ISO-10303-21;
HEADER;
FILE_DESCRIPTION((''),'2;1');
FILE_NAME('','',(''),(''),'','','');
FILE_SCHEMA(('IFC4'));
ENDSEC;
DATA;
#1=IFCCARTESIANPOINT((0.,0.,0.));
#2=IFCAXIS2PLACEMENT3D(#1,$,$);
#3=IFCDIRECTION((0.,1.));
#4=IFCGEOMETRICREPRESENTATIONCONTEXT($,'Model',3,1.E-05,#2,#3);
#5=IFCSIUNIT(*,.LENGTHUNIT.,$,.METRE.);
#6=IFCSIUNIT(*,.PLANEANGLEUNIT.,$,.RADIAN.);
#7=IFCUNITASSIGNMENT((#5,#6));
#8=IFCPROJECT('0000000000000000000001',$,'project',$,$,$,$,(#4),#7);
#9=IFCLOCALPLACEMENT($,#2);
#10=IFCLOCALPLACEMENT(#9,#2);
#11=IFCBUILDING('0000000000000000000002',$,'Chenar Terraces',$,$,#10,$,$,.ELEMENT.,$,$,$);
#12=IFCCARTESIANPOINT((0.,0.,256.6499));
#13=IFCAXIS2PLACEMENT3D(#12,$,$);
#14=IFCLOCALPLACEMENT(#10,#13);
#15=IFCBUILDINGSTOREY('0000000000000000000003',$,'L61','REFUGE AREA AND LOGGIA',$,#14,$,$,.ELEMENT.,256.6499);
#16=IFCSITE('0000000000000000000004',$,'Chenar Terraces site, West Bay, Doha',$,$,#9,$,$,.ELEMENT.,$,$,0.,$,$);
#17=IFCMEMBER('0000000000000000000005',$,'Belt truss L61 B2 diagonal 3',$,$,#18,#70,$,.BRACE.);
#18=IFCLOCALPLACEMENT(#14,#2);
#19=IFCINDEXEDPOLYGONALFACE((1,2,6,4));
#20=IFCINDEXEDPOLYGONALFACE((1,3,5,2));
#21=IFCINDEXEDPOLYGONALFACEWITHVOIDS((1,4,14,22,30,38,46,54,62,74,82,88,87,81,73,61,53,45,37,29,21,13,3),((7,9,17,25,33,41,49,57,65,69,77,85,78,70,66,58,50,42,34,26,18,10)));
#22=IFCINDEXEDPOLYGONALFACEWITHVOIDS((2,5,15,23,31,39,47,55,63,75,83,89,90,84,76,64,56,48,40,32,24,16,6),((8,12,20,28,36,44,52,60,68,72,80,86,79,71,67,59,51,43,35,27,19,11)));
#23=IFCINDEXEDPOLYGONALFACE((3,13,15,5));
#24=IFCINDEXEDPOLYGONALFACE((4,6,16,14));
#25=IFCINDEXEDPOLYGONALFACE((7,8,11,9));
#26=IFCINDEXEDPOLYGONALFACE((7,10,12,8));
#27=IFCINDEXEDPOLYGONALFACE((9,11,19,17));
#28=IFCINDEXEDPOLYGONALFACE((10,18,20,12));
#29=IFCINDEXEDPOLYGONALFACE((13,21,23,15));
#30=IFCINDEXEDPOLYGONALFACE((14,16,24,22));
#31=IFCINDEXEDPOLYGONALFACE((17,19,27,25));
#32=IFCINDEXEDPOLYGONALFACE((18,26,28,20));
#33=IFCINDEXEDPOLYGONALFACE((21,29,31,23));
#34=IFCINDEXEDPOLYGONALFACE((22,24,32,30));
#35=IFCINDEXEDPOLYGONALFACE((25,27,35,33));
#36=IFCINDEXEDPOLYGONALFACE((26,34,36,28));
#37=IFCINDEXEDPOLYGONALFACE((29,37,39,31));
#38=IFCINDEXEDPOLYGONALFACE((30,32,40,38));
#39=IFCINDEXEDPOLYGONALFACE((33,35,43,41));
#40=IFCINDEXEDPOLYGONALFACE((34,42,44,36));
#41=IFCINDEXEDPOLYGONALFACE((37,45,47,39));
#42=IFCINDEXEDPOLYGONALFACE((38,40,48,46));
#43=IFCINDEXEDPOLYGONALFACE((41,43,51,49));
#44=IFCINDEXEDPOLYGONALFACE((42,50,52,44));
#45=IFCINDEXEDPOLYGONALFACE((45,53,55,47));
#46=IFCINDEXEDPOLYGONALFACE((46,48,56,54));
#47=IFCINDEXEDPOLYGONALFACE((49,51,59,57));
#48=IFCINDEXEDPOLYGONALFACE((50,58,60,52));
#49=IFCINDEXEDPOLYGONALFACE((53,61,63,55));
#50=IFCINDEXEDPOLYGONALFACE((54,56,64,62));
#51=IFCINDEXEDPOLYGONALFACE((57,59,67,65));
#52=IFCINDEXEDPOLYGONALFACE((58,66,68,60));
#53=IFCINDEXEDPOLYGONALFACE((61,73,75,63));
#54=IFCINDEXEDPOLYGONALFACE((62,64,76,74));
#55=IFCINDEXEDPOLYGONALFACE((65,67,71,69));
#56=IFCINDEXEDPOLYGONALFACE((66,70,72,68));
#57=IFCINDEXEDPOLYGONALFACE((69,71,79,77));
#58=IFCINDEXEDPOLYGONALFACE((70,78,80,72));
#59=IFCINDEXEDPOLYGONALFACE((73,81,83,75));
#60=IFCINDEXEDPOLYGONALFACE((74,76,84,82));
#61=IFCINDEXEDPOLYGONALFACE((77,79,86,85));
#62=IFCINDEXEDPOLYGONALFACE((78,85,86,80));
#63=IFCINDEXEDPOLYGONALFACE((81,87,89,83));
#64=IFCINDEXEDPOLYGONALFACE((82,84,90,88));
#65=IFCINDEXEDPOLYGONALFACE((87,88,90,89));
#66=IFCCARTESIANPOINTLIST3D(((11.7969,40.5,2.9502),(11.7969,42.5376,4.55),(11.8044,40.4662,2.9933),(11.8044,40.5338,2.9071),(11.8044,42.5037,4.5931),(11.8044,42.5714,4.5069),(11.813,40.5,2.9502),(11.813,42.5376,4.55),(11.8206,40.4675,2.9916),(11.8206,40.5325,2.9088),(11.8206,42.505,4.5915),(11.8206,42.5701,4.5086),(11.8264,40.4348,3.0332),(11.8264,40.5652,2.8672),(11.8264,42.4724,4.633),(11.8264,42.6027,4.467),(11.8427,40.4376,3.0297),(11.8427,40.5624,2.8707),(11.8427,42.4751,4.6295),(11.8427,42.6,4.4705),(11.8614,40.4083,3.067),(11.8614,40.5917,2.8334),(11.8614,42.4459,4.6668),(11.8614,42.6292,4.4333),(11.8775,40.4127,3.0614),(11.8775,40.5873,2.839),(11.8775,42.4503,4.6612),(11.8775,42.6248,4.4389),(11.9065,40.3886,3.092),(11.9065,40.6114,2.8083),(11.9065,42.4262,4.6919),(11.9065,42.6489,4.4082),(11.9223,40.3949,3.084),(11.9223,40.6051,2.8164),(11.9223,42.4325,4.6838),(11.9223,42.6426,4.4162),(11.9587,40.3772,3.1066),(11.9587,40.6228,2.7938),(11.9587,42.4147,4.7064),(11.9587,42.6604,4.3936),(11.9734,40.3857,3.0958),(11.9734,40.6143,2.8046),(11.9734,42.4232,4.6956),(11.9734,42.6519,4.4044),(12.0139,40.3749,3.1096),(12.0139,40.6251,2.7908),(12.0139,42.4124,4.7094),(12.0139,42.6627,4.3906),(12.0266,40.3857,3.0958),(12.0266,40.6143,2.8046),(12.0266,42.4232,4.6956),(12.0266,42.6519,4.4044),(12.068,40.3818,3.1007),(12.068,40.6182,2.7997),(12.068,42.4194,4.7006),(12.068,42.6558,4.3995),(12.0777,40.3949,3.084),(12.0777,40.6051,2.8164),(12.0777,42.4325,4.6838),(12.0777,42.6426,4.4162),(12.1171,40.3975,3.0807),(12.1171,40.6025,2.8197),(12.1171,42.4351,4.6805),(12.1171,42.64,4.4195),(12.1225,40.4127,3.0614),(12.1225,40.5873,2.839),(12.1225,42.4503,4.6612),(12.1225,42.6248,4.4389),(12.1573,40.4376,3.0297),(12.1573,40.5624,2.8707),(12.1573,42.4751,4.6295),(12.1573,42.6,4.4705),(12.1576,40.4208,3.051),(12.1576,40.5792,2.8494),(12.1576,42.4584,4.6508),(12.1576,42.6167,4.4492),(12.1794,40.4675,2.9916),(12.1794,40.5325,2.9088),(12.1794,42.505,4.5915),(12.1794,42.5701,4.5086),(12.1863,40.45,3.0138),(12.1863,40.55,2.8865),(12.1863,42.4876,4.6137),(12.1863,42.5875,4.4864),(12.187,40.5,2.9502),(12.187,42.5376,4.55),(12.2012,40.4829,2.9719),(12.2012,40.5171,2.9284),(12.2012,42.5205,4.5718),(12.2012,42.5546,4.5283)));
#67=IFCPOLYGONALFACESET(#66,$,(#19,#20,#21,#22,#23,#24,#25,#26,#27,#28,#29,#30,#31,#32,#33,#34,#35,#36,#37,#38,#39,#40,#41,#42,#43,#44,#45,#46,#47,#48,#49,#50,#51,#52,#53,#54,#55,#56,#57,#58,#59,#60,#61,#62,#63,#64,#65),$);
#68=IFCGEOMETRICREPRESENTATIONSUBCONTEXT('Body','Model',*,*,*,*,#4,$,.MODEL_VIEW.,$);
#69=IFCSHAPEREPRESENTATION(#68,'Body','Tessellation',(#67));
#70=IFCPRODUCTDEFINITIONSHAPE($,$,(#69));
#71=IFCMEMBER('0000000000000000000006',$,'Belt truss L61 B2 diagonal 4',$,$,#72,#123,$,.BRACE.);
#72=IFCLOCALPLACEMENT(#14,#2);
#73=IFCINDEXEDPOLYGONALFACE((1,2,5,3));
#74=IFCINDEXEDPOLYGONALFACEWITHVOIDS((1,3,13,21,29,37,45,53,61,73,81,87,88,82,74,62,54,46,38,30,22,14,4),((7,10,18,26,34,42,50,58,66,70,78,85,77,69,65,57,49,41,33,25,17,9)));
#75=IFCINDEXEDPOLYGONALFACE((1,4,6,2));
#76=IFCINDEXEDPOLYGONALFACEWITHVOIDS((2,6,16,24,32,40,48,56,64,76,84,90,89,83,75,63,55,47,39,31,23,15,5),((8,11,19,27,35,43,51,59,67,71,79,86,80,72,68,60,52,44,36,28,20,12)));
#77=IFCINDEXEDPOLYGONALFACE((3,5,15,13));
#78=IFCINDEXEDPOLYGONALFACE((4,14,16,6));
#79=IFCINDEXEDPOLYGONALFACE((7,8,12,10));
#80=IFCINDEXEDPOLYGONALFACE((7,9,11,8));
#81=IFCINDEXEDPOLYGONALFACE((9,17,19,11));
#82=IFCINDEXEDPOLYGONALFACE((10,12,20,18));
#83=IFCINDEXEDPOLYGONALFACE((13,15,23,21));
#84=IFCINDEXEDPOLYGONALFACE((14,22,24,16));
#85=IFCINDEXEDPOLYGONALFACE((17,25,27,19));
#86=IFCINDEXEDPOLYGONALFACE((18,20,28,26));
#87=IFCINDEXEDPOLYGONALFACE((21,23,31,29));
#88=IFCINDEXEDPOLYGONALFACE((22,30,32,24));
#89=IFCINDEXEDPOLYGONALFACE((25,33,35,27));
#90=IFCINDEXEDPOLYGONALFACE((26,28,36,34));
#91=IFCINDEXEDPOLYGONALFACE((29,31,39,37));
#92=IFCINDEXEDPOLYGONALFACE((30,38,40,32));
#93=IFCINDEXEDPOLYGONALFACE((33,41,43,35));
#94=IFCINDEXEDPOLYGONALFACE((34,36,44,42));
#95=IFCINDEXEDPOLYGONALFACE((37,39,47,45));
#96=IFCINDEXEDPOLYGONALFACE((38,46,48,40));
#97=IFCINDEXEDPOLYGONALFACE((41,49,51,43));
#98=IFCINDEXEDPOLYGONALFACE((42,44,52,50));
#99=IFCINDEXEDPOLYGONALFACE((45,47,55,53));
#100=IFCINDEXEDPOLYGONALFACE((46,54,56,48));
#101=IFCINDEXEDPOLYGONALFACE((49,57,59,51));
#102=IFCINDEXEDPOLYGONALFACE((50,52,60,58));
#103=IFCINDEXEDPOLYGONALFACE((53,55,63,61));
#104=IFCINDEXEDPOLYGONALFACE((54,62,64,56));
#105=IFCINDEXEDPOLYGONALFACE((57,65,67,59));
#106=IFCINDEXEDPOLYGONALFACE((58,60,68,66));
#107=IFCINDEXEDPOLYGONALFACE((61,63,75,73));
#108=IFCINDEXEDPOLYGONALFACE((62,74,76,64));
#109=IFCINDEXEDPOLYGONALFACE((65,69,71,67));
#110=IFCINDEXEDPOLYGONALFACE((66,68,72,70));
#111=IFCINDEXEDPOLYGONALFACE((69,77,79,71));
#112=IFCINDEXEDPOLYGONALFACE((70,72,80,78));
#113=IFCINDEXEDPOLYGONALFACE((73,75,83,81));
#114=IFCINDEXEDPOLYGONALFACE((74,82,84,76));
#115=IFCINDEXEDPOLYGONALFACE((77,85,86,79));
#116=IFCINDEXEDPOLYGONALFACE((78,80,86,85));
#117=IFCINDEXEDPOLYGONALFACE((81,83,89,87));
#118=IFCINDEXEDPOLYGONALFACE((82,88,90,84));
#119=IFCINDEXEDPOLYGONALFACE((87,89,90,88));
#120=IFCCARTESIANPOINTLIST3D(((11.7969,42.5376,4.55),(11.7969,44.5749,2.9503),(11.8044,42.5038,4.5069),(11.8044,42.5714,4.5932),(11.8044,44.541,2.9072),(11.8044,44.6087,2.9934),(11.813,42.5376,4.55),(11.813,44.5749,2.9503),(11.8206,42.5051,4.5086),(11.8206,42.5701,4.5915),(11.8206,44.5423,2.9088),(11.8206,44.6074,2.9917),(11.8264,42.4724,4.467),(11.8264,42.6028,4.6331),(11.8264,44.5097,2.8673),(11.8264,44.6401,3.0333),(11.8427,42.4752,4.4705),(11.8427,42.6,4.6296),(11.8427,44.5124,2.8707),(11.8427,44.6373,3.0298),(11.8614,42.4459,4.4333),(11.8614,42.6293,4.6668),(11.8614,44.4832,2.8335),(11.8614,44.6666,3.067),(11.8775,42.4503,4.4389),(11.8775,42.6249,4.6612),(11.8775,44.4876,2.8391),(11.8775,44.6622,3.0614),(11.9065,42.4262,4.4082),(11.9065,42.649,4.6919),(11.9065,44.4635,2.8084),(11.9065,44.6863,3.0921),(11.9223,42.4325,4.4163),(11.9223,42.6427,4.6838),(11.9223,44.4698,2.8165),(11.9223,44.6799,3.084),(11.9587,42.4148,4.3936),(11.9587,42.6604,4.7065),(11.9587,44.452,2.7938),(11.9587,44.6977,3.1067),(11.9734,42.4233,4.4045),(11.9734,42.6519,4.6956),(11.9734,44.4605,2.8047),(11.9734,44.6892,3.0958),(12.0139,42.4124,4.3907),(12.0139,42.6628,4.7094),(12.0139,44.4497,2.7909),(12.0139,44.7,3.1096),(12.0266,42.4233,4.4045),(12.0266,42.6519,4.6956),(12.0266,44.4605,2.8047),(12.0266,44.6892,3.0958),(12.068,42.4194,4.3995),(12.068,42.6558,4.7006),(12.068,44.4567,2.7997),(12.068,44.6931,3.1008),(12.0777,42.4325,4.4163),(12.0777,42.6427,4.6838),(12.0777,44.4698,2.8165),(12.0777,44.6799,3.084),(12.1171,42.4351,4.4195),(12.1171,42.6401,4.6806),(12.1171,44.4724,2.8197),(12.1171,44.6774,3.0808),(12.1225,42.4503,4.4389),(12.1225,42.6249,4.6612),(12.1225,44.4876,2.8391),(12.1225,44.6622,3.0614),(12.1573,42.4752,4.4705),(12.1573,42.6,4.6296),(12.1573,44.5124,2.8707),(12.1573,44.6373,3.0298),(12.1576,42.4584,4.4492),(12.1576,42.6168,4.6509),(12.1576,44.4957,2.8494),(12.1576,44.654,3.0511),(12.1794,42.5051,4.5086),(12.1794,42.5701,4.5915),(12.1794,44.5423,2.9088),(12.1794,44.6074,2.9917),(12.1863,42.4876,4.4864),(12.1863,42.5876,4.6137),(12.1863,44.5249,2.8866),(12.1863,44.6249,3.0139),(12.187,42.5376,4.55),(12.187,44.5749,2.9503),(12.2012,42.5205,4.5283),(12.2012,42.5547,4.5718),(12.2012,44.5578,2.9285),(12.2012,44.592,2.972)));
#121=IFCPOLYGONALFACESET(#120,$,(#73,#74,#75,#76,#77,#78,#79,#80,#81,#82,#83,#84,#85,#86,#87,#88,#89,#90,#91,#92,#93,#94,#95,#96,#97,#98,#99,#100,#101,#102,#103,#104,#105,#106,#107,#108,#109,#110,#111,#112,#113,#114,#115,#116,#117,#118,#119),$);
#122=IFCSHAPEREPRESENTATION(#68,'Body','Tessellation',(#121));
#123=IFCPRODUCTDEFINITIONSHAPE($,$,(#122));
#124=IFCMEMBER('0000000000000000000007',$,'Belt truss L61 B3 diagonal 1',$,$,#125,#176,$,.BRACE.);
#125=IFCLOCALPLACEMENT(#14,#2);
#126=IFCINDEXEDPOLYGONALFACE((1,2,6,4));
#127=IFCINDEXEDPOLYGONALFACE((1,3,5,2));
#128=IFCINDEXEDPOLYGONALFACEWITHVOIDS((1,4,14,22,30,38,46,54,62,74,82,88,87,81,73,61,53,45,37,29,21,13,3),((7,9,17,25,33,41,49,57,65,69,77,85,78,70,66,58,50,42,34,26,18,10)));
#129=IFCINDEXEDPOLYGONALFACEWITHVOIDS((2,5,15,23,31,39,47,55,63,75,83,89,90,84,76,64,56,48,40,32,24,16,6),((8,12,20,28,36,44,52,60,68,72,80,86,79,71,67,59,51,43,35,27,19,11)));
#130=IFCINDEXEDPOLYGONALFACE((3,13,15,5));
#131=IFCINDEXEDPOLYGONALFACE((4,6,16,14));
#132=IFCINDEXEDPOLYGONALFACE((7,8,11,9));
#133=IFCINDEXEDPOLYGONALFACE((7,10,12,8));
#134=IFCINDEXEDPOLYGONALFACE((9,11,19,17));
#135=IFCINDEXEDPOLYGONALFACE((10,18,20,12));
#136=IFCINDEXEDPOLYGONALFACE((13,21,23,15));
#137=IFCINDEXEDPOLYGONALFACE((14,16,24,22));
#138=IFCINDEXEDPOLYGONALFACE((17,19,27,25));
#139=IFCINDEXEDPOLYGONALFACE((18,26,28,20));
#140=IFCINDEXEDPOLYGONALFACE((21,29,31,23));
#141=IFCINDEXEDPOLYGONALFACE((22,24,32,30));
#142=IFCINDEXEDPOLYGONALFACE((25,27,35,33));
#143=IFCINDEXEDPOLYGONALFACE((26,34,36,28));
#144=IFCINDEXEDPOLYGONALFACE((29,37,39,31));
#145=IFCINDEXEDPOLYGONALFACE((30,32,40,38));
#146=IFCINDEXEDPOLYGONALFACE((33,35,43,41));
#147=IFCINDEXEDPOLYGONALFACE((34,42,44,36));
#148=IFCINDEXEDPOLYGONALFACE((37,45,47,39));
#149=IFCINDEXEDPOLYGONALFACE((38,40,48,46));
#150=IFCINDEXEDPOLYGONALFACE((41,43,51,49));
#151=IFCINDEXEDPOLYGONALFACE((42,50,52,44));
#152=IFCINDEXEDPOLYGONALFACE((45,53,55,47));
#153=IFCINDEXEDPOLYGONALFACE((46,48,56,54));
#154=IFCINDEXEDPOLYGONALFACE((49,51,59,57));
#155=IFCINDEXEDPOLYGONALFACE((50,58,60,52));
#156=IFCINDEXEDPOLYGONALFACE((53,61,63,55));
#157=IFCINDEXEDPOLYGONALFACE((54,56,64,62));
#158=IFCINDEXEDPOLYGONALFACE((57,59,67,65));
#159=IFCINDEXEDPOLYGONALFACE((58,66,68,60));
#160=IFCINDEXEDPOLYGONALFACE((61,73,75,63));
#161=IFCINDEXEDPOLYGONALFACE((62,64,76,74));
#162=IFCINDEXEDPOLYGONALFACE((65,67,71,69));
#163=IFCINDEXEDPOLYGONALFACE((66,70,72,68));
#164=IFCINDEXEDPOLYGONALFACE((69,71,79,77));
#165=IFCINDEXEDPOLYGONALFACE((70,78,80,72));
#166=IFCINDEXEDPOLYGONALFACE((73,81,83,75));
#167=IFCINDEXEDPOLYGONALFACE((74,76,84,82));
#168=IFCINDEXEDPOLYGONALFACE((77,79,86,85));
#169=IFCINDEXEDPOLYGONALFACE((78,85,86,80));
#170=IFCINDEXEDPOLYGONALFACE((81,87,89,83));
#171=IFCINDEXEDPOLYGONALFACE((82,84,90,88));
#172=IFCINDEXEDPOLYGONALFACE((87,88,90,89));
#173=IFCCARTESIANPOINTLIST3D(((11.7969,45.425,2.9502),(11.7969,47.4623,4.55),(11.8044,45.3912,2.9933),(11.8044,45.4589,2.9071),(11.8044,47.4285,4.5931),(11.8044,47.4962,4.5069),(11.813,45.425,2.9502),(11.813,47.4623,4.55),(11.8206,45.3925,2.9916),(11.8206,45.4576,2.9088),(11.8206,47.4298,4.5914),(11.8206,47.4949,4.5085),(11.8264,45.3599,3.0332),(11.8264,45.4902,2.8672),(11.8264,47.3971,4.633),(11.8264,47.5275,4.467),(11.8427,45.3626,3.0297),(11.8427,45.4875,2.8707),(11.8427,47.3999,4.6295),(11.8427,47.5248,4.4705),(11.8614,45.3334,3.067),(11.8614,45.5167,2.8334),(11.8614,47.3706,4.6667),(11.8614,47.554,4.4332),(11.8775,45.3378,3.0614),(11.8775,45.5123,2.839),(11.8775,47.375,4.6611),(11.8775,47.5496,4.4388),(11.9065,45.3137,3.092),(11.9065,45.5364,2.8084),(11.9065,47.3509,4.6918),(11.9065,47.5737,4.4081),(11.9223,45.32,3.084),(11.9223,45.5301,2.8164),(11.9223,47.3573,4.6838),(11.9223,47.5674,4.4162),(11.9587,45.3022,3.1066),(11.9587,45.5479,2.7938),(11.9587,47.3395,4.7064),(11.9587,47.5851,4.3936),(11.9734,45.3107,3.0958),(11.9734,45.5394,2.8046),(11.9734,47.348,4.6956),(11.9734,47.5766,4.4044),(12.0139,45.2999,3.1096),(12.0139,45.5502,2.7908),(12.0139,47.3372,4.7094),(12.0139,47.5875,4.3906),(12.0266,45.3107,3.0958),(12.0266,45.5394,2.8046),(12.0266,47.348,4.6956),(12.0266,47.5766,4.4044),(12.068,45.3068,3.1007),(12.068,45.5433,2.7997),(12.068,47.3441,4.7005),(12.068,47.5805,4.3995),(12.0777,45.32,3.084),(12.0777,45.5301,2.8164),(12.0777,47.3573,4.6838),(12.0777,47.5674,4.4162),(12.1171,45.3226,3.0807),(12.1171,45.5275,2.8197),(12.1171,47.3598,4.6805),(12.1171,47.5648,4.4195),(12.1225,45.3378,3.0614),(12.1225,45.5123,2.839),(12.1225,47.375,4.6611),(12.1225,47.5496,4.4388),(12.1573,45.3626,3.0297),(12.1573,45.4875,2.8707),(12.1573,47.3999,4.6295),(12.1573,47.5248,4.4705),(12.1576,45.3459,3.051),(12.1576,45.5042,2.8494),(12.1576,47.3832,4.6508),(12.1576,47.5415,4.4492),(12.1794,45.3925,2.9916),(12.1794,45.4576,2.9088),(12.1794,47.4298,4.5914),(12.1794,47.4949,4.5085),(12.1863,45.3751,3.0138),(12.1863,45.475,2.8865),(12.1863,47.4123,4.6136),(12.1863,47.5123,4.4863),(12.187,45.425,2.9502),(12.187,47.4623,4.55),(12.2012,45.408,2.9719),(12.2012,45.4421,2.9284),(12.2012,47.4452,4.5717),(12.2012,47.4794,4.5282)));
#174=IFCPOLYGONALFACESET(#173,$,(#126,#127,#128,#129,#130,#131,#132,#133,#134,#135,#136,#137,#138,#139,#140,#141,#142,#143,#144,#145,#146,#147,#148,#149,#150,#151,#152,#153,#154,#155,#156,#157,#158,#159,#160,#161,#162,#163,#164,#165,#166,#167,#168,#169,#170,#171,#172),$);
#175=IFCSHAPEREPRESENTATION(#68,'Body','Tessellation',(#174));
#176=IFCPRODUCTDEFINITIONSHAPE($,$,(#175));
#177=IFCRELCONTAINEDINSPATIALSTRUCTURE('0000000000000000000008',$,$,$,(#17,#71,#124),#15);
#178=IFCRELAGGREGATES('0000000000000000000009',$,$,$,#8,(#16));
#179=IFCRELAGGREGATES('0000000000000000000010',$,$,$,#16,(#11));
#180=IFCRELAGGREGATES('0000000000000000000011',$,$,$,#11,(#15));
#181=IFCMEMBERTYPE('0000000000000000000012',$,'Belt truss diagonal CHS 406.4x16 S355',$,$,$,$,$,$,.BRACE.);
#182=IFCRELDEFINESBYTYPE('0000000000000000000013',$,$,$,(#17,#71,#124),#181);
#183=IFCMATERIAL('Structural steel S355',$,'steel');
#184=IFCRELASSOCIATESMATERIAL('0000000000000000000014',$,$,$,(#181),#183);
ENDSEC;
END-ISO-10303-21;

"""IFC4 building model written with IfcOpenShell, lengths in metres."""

from ifc_helpers import new_model, si_unit, direction, frame, origin, origin_2d, place, context, subcontext, project, spatial, hollow_circle, extrude, material, material_profile, profile_set, type_object, element, save


model = new_model("IFC4")

# Units and contexts
model_context = context("Model", 3, precision=1e-05, world=origin(), true_north=direction((0.0, 1.0)))
body_context = subcontext(model_context, "Body", "Model", "MODEL_VIEW")
ifc_project = project(units=[si_unit("LENGTHUNIT", "METRE"), si_unit("PLANEANGLEUNIT", "RADIAN")], contexts=[model_context])

# Site, building, storey
site_placement = place(None, origin())
site = spatial("IfcSite", under=ifc_project, at=site_placement, Name="Chenar Terraces site, West Bay, Doha", CompositionType="ELEMENT", RefElevation=0.0)
building_placement = place(site_placement, origin())
building = spatial("IfcBuilding", under=site, at=building_placement, Name="Chenar Terraces", CompositionType="ELEMENT")
storey_placement = place(building_placement, frame((0.0, 0.0, 256.6499)))
storey = spatial("IfcBuildingStorey", under=building, at=storey_placement, Name="L61", Description="REFUGE AREA AND LOGGIA", CompositionType="ELEMENT", Elevation=256.6499)

# Members
ifc_material_1 = material(Name="Structural steel S355", Category="steel")
ifc_material_profile_1 = material_profile(ifc_material_1, hollow_circle(Radius=0.2031, WallThickness=0.0161, at=origin_2d()), Name="CHS 406.4x16")
ifc_profile_set_1 = profile_set([ifc_material_profile_1], Name="Structural steel S355")
member_type = type_object("IfcMemberType", Name="Belt truss diagonal CHS 406.4x16 S355", PredefinedType="BRACE", material=ifc_profile_set_1)
for number, where, z_axis, x_axis, name in (
    (1, (12.0, 40.5, 2.9502), (0.0, 0.786528, 0.617555), (-1.0, 0.0, 0.0), "Belt truss L61 B2 diagonal 3"),
):
    element("IfcMember", number, at=place(storey_placement, frame(where, z_axis=z_axis, x_axis=x_axis)), inside=storey, type_object=member_type, Name=name, PredefinedType="BRACE", context=body_context, shape_type="SweptSolid", body=[
        extrude(hollow_circle(Radius=0.2031, WallThickness=0.0161, at=origin_2d()), origin(), (0.0, 0.0, 1.0), 2.5906),
    ])
for number, where, z_axis, x_axis, name in (
    (2, (12.0, 42.5376, 4.55), (0.0, 0.786492, -0.617601), (-1.0, 0.0, 0.0), "Belt truss L61 B2 diagonal 4"),
    (3, (12.0, 45.425, 2.9502), (0.0, 0.786492, 0.617601), (-1.0, 0.0, 0.0), "Belt truss L61 B3 diagonal 1"),
):
    element("IfcMember", number, at=place(storey_placement, frame(where, z_axis=z_axis, x_axis=x_axis)), inside=storey, type_object=member_type, Name=name, PredefinedType="BRACE", context=body_context, shape_type="SweptSolid", body=[
        extrude(hollow_circle(Radius=0.2031, WallThickness=0.0161, at=origin_2d()), origin(), (0.0, 0.0, 1.0), 2.5903),
    ])

save(model, "model.ifc")
